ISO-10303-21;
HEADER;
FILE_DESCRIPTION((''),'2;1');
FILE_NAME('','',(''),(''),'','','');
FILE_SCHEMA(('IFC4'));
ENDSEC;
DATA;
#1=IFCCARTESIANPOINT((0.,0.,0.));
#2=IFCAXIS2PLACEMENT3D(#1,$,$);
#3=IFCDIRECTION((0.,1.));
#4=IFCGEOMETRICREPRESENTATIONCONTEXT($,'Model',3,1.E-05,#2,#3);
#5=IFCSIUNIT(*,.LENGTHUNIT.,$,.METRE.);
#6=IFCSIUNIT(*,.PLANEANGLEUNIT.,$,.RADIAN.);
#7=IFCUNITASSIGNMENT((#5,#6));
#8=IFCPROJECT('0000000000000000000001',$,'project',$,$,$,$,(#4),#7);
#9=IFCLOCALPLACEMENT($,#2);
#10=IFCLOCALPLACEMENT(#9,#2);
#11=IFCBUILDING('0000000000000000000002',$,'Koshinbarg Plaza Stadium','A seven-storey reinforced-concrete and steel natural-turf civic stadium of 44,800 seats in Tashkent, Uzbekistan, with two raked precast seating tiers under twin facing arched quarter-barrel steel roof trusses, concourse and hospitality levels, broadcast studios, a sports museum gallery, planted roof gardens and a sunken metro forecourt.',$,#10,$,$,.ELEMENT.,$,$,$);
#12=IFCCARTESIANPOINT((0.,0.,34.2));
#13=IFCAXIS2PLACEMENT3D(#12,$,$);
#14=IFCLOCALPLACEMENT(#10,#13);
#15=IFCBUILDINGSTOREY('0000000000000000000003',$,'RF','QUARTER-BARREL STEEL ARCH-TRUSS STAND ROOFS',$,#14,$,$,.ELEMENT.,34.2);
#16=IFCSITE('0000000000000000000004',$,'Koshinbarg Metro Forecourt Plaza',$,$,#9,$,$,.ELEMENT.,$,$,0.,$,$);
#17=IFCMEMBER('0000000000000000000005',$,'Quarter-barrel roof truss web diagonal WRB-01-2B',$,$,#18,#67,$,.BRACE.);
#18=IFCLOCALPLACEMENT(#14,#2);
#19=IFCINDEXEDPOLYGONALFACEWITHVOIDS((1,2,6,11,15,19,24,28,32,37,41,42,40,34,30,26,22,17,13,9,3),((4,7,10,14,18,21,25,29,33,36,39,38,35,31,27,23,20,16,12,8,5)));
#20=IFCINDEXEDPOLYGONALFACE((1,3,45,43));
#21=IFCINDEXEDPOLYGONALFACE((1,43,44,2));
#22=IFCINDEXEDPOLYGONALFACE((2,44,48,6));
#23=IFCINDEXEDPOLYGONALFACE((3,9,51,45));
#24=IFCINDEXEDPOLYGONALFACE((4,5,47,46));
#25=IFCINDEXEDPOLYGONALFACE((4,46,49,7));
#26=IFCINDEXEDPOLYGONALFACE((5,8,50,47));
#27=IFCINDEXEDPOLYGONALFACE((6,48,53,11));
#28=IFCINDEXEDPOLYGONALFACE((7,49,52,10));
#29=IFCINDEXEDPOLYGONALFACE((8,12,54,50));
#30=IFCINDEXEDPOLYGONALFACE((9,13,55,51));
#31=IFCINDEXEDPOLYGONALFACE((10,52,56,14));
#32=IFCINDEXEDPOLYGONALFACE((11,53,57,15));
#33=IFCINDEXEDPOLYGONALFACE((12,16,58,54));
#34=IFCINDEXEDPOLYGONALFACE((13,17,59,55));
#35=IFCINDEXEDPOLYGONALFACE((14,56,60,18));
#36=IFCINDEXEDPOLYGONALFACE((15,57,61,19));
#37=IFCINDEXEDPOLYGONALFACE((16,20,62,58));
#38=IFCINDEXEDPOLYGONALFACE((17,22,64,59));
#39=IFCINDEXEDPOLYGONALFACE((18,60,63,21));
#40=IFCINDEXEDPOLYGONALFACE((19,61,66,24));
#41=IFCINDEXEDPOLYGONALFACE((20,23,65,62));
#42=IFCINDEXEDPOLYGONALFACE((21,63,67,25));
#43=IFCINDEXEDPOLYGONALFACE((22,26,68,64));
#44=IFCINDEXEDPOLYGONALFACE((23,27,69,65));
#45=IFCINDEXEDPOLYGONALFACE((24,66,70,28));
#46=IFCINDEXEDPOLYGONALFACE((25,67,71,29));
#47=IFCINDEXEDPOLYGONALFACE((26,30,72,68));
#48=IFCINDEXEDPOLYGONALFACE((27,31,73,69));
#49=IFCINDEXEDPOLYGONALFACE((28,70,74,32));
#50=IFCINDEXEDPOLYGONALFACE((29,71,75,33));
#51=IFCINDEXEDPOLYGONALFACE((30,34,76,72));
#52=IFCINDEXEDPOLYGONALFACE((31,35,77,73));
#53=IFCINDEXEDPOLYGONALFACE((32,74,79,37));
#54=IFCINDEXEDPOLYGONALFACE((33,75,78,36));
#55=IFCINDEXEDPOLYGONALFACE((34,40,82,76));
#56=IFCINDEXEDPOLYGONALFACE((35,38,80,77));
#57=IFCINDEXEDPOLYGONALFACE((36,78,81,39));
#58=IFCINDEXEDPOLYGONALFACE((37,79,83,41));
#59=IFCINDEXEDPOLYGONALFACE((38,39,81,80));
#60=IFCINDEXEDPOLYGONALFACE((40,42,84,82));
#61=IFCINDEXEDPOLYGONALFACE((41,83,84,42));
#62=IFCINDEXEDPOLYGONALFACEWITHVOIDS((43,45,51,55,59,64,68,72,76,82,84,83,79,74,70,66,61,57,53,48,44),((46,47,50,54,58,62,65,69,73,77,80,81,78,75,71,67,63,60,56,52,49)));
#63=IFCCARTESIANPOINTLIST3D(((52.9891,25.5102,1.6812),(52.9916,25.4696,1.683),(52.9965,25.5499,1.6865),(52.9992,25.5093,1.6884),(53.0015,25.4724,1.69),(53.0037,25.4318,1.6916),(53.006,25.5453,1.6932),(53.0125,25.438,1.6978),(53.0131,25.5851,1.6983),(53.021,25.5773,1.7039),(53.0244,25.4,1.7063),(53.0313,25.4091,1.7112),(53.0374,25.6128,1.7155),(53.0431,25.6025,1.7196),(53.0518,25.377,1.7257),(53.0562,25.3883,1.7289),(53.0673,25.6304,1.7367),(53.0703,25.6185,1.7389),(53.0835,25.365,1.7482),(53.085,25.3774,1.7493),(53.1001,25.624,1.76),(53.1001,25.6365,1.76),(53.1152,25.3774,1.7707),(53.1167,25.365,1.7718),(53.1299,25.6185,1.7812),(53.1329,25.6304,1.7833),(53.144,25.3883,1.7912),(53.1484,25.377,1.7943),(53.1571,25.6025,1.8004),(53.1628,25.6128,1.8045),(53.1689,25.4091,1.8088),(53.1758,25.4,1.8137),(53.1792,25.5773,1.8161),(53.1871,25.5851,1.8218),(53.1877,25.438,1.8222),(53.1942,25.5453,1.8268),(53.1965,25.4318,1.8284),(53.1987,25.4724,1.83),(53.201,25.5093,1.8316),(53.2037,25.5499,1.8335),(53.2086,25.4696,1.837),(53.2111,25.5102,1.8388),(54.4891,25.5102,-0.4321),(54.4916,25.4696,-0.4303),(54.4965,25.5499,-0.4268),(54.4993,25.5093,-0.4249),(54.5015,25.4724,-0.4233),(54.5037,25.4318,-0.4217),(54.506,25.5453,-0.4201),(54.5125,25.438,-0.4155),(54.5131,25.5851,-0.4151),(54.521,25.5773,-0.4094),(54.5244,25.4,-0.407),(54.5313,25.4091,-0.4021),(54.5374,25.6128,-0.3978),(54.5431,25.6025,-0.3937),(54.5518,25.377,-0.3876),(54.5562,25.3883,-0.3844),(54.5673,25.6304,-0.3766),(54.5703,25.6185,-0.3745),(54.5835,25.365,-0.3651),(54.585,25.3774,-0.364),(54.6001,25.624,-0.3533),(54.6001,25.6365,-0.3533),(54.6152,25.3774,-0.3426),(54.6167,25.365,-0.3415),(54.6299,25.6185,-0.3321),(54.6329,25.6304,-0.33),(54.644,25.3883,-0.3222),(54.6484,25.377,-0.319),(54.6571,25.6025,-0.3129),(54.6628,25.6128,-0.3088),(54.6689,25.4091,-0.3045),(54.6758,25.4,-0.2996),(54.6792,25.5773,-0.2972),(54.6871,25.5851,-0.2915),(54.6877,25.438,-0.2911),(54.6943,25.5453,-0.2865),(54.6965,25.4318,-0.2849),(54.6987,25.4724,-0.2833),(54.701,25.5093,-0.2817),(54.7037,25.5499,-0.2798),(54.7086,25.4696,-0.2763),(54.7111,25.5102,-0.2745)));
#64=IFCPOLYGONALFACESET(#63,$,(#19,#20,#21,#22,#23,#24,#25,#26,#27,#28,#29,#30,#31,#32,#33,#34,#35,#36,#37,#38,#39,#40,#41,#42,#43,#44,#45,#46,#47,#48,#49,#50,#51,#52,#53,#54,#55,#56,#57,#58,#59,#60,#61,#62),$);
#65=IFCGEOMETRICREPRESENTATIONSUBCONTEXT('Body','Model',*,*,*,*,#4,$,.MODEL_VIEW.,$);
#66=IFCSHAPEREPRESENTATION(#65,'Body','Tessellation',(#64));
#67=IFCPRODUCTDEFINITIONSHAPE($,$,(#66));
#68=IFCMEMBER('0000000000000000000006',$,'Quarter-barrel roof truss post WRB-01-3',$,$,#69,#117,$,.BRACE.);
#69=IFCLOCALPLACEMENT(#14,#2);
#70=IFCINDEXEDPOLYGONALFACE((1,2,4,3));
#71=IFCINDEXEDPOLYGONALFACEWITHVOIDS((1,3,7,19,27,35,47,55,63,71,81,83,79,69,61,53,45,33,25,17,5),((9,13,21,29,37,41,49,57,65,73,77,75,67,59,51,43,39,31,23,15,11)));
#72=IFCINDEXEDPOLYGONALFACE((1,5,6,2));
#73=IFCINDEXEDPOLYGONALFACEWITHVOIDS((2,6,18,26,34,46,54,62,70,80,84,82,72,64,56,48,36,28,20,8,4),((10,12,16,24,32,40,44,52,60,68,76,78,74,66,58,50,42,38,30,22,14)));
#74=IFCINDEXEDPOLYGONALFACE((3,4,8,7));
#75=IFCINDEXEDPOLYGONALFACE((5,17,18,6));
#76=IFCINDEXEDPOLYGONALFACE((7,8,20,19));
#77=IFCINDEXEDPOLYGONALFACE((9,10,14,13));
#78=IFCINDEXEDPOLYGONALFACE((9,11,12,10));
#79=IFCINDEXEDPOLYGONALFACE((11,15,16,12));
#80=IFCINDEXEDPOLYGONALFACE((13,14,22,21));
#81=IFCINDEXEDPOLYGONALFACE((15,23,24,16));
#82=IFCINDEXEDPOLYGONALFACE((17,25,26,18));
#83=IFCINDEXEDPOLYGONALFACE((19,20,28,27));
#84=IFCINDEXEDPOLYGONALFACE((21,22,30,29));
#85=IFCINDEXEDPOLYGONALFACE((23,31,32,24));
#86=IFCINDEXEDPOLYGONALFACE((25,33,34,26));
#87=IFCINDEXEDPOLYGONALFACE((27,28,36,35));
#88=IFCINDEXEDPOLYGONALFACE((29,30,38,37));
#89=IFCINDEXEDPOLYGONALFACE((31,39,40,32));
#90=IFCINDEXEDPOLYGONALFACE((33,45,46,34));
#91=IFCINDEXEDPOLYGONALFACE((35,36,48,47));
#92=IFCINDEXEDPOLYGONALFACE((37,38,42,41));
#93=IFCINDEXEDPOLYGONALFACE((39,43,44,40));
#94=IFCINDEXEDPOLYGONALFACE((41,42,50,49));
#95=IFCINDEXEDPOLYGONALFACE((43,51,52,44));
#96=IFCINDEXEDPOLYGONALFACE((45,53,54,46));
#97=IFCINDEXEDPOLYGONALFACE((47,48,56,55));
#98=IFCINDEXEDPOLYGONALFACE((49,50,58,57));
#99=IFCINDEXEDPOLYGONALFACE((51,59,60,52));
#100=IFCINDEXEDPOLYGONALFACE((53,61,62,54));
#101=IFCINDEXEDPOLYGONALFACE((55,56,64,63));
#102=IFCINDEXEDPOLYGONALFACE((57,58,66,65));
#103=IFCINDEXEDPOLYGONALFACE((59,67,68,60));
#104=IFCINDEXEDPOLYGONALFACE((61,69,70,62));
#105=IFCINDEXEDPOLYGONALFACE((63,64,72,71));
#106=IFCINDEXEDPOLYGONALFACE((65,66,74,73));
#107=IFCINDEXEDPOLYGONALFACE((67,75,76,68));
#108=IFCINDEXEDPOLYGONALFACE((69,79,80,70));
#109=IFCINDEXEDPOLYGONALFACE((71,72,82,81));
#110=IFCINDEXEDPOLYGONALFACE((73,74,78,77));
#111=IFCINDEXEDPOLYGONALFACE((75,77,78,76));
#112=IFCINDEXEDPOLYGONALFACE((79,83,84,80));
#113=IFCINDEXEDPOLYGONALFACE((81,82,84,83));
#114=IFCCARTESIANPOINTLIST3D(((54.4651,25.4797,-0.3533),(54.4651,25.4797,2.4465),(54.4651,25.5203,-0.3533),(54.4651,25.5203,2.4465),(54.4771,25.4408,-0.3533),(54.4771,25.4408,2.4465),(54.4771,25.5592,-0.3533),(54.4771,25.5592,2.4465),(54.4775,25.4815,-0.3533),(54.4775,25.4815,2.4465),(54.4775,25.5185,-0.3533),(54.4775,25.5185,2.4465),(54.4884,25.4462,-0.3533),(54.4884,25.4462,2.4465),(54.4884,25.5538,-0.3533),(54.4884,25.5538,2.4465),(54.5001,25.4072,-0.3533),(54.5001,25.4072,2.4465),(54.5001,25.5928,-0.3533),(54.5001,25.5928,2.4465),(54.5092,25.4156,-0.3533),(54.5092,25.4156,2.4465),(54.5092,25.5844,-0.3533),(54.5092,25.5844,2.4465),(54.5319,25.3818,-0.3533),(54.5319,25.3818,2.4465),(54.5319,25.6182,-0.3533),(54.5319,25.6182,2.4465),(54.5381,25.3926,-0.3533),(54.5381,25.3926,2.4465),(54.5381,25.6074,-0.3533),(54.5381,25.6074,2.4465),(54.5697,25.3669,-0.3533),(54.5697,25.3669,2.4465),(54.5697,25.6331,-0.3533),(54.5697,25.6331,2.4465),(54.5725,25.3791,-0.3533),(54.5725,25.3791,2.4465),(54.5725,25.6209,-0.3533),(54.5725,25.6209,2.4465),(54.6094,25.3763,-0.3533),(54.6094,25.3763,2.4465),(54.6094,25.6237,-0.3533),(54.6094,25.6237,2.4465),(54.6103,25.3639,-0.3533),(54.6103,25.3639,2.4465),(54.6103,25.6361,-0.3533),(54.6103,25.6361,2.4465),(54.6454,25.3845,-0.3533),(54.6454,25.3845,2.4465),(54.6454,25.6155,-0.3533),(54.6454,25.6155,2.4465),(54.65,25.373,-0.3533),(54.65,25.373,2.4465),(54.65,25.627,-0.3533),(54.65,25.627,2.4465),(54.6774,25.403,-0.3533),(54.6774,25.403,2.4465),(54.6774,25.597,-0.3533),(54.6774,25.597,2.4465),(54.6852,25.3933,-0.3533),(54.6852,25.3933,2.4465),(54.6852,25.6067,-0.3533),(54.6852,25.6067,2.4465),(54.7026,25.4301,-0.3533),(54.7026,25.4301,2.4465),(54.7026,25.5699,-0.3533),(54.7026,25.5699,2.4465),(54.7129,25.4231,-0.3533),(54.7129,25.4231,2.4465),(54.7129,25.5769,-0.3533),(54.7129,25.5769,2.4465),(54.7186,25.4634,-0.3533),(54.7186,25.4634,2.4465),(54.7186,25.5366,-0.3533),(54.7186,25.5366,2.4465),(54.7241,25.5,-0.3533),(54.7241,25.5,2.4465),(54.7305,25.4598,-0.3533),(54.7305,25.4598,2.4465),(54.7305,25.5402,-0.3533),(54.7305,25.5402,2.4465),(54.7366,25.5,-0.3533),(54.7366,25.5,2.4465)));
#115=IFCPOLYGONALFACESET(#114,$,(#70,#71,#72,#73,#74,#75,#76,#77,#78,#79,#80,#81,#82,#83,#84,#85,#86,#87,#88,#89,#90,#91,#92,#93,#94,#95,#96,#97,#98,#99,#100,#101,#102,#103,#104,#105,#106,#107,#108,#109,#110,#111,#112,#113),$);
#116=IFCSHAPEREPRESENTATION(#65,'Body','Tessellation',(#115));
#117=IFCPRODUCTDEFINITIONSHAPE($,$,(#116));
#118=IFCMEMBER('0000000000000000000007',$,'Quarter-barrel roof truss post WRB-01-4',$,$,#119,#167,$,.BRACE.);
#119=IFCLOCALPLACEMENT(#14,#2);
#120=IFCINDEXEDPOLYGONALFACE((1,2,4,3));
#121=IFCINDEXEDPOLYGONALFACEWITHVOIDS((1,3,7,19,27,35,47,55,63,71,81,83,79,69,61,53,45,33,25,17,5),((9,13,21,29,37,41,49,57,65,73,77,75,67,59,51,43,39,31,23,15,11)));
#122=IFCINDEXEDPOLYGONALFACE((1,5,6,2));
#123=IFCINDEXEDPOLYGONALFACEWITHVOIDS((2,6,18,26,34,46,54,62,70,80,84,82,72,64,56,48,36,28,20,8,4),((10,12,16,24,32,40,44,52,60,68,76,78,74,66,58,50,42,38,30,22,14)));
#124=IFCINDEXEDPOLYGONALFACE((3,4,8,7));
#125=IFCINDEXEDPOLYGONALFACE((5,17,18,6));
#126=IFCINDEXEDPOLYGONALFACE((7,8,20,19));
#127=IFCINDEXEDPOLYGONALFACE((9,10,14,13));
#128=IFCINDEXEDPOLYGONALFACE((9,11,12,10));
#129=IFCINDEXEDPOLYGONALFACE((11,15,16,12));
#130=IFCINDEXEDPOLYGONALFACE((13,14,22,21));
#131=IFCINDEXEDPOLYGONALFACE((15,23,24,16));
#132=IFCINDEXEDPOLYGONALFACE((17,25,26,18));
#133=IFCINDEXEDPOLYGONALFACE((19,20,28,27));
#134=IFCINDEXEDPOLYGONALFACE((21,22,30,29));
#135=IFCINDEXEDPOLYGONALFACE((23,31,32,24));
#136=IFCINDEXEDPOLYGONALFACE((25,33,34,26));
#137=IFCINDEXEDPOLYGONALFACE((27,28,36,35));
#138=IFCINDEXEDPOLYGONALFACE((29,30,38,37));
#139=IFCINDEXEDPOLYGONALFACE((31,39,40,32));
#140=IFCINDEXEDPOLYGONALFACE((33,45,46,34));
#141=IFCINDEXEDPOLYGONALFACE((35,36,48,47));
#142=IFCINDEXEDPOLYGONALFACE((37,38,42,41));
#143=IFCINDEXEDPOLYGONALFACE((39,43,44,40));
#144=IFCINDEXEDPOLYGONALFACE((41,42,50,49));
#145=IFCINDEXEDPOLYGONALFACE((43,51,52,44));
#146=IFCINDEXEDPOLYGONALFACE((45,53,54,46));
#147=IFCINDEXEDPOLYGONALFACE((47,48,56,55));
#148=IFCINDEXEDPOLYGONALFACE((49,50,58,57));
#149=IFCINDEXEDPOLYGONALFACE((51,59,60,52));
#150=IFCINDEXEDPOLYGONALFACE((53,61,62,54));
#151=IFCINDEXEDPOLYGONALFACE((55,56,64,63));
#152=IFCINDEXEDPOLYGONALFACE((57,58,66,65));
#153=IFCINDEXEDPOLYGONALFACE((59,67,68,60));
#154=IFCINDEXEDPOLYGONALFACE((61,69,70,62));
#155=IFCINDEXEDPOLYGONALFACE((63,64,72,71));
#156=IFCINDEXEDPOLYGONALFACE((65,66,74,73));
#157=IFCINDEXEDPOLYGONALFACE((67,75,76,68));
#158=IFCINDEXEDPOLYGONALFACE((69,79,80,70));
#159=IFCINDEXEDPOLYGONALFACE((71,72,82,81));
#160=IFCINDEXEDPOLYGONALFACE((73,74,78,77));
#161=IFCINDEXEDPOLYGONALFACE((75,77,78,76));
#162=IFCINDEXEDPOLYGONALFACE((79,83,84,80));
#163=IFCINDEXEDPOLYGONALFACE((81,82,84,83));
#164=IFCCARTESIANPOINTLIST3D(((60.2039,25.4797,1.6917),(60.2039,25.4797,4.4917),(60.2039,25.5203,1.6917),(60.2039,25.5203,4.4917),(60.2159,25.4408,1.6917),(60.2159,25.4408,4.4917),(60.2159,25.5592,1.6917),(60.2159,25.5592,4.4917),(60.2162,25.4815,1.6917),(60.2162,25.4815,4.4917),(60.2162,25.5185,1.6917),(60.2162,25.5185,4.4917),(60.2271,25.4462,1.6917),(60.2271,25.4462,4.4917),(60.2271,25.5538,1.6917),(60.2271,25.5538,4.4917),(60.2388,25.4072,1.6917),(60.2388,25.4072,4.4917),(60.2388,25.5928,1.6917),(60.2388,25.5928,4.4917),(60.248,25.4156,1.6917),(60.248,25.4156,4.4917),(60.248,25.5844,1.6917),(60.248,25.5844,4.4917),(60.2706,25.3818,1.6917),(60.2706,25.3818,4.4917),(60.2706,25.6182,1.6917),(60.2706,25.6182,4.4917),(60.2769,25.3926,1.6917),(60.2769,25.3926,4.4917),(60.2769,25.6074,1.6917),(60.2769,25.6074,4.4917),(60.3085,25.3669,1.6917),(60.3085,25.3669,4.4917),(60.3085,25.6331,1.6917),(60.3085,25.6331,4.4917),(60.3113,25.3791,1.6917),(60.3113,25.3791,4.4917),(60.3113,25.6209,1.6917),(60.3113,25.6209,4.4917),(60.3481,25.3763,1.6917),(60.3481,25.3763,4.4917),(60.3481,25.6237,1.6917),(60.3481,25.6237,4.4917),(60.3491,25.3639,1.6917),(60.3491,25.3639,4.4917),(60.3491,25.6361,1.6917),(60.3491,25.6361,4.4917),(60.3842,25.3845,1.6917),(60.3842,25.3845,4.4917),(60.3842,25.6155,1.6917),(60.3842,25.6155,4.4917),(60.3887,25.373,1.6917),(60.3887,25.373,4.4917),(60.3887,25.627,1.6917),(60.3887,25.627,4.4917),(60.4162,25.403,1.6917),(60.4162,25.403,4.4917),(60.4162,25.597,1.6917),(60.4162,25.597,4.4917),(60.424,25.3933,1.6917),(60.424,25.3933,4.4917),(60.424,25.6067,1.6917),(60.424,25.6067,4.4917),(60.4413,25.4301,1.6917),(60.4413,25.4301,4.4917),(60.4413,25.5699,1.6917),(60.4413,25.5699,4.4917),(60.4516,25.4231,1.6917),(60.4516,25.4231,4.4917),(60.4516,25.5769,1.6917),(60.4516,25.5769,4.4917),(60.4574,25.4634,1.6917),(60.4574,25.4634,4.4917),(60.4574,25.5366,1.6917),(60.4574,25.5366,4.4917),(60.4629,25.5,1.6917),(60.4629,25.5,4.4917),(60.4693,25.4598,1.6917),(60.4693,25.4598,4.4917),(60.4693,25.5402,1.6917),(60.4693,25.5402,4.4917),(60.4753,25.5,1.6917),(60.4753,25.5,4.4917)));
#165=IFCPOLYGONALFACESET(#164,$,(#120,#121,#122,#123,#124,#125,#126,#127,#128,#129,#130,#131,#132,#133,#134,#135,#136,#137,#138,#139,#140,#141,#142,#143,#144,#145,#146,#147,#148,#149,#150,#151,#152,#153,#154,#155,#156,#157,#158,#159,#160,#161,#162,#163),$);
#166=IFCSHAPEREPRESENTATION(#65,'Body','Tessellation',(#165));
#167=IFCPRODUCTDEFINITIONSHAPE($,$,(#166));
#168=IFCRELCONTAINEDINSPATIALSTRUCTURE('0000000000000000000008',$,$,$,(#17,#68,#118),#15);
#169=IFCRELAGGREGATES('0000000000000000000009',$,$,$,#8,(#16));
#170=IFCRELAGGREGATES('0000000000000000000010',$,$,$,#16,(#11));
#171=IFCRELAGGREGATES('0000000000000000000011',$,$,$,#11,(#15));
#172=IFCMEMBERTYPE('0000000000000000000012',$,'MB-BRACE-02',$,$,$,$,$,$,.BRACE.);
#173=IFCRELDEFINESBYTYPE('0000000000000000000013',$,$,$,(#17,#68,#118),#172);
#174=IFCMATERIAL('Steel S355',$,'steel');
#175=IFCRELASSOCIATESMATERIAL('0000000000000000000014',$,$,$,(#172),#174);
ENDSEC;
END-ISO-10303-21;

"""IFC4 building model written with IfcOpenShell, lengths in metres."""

from ifc_helpers import new_model, si_unit, direction, frame, origin, origin_2d, place, context, subcontext, project, spatial, hollow_circle, extrude, material, material_profile, profile_set, type_object, element, save


model = new_model("IFC4")

# Units and contexts
model_context = context("Model", 3, precision=1e-05, world=origin(), true_north=direction((0.0, 1.0)))
body_context = subcontext(model_context, "Body", "Model", "MODEL_VIEW")
ifc_project = project(units=[si_unit("LENGTHUNIT", "METRE"), si_unit("PLANEANGLEUNIT", "RADIAN")], contexts=[model_context])

# Site, building, storey
site_placement = place(None, origin())
site = spatial("IfcSite", under=ifc_project, at=site_placement, Name="Koshinbarg Metro Forecourt Plaza", CompositionType="ELEMENT", RefElevation=0.0)
building_placement = place(site_placement, origin())
building = spatial("IfcBuilding", under=site, at=building_placement, Name="Koshinbarg Plaza Stadium", Description="A seven-storey reinforced-concrete and steel natural-turf civic stadium of 44,800 seats in Tashkent, Uzbekistan, with two raked precast seating tiers under twin facing arched quarter-barrel steel roof trusses, concourse and hospitality levels, broadcast studios, a sports museum gallery, planted roof gardens and a sunken metro forecourt.", CompositionType="ELEMENT")
storey_placement = place(building_placement, frame((0.0, 0.0, 34.2)))
storey = spatial("IfcBuildingStorey", under=building, at=storey_placement, Name="RF", Description="QUARTER-BARREL STEEL ARCH-TRUSS STAND ROOFS", CompositionType="ELEMENT", Elevation=34.2)

# Members
ifc_material_1 = material(Name="Steel S355", Category="steel")
ifc_material_profile_1 = material_profile(ifc_material_1, hollow_circle(Radius=0.1365, WallThickness=0.0125, at=origin_2d()), Name="CHS 273x12.5")
ifc_profile_set_1 = profile_set([ifc_material_profile_1], Name="Steel S355")
member_type_1 = type_object("IfcMemberType", Name="MB-BRACE-02", PredefinedType="BRACE", material=ifc_profile_set_1)
member_1_placement = place(storey_placement, frame((53.1001, 25.5, 1.76), z_axis=(0.578812, 0.0, -0.815461), x_axis=(0.0, 1.0, 0.0)))
element("IfcMember", 1, at=member_1_placement, inside=storey, type_object=member_type_1, Name="Quarter-barrel roof truss web diagonal WRB-01-2B", PredefinedType="BRACE", context=body_context, shape_type="SweptSolid", body=[
    extrude(hollow_circle(Radius=0.1365, WallThickness=0.0125, at=origin_2d()), origin(), (0.0, 0.0, 1.0), 2.5916),
])
member_2_placement = place(storey_placement, frame((54.6001, 25.5, -0.3533), z_axis=(0.0, 0.0, 1.0), x_axis=(1.0, 0.0, 0.0)))
element("IfcMember", 2, at=member_2_placement, inside=storey, type_object=member_type_1, Name="Quarter-barrel roof truss post WRB-01-3", PredefinedType="BRACE", context=body_context, shape_type="SweptSolid", body=[
    extrude(hollow_circle(Radius=0.1365, WallThickness=0.0125, at=origin_2d()), origin(), (0.0, 0.0, 1.0), 2.7998),
])
for number, where, z_axis, x_axis, name in (
    (3, (60.3389, 25.5, 1.6917), (0.0, 0.0, 1.0), (1.0, 0.0, 0.0), "Quarter-barrel roof truss post WRB-01-4"),
):
    element("IfcMember", number, at=place(storey_placement, frame(where, z_axis=z_axis, x_axis=x_axis)), inside=storey, type_object=member_type_1, Name=name, PredefinedType="BRACE", context=body_context, shape_type="SweptSolid", body=[
        extrude(hollow_circle(Radius=0.1365, WallThickness=0.0125, at=origin_2d()), origin(), (0.0, 0.0, 1.0), 2.8),
    ])

save(model, "model.ifc")
